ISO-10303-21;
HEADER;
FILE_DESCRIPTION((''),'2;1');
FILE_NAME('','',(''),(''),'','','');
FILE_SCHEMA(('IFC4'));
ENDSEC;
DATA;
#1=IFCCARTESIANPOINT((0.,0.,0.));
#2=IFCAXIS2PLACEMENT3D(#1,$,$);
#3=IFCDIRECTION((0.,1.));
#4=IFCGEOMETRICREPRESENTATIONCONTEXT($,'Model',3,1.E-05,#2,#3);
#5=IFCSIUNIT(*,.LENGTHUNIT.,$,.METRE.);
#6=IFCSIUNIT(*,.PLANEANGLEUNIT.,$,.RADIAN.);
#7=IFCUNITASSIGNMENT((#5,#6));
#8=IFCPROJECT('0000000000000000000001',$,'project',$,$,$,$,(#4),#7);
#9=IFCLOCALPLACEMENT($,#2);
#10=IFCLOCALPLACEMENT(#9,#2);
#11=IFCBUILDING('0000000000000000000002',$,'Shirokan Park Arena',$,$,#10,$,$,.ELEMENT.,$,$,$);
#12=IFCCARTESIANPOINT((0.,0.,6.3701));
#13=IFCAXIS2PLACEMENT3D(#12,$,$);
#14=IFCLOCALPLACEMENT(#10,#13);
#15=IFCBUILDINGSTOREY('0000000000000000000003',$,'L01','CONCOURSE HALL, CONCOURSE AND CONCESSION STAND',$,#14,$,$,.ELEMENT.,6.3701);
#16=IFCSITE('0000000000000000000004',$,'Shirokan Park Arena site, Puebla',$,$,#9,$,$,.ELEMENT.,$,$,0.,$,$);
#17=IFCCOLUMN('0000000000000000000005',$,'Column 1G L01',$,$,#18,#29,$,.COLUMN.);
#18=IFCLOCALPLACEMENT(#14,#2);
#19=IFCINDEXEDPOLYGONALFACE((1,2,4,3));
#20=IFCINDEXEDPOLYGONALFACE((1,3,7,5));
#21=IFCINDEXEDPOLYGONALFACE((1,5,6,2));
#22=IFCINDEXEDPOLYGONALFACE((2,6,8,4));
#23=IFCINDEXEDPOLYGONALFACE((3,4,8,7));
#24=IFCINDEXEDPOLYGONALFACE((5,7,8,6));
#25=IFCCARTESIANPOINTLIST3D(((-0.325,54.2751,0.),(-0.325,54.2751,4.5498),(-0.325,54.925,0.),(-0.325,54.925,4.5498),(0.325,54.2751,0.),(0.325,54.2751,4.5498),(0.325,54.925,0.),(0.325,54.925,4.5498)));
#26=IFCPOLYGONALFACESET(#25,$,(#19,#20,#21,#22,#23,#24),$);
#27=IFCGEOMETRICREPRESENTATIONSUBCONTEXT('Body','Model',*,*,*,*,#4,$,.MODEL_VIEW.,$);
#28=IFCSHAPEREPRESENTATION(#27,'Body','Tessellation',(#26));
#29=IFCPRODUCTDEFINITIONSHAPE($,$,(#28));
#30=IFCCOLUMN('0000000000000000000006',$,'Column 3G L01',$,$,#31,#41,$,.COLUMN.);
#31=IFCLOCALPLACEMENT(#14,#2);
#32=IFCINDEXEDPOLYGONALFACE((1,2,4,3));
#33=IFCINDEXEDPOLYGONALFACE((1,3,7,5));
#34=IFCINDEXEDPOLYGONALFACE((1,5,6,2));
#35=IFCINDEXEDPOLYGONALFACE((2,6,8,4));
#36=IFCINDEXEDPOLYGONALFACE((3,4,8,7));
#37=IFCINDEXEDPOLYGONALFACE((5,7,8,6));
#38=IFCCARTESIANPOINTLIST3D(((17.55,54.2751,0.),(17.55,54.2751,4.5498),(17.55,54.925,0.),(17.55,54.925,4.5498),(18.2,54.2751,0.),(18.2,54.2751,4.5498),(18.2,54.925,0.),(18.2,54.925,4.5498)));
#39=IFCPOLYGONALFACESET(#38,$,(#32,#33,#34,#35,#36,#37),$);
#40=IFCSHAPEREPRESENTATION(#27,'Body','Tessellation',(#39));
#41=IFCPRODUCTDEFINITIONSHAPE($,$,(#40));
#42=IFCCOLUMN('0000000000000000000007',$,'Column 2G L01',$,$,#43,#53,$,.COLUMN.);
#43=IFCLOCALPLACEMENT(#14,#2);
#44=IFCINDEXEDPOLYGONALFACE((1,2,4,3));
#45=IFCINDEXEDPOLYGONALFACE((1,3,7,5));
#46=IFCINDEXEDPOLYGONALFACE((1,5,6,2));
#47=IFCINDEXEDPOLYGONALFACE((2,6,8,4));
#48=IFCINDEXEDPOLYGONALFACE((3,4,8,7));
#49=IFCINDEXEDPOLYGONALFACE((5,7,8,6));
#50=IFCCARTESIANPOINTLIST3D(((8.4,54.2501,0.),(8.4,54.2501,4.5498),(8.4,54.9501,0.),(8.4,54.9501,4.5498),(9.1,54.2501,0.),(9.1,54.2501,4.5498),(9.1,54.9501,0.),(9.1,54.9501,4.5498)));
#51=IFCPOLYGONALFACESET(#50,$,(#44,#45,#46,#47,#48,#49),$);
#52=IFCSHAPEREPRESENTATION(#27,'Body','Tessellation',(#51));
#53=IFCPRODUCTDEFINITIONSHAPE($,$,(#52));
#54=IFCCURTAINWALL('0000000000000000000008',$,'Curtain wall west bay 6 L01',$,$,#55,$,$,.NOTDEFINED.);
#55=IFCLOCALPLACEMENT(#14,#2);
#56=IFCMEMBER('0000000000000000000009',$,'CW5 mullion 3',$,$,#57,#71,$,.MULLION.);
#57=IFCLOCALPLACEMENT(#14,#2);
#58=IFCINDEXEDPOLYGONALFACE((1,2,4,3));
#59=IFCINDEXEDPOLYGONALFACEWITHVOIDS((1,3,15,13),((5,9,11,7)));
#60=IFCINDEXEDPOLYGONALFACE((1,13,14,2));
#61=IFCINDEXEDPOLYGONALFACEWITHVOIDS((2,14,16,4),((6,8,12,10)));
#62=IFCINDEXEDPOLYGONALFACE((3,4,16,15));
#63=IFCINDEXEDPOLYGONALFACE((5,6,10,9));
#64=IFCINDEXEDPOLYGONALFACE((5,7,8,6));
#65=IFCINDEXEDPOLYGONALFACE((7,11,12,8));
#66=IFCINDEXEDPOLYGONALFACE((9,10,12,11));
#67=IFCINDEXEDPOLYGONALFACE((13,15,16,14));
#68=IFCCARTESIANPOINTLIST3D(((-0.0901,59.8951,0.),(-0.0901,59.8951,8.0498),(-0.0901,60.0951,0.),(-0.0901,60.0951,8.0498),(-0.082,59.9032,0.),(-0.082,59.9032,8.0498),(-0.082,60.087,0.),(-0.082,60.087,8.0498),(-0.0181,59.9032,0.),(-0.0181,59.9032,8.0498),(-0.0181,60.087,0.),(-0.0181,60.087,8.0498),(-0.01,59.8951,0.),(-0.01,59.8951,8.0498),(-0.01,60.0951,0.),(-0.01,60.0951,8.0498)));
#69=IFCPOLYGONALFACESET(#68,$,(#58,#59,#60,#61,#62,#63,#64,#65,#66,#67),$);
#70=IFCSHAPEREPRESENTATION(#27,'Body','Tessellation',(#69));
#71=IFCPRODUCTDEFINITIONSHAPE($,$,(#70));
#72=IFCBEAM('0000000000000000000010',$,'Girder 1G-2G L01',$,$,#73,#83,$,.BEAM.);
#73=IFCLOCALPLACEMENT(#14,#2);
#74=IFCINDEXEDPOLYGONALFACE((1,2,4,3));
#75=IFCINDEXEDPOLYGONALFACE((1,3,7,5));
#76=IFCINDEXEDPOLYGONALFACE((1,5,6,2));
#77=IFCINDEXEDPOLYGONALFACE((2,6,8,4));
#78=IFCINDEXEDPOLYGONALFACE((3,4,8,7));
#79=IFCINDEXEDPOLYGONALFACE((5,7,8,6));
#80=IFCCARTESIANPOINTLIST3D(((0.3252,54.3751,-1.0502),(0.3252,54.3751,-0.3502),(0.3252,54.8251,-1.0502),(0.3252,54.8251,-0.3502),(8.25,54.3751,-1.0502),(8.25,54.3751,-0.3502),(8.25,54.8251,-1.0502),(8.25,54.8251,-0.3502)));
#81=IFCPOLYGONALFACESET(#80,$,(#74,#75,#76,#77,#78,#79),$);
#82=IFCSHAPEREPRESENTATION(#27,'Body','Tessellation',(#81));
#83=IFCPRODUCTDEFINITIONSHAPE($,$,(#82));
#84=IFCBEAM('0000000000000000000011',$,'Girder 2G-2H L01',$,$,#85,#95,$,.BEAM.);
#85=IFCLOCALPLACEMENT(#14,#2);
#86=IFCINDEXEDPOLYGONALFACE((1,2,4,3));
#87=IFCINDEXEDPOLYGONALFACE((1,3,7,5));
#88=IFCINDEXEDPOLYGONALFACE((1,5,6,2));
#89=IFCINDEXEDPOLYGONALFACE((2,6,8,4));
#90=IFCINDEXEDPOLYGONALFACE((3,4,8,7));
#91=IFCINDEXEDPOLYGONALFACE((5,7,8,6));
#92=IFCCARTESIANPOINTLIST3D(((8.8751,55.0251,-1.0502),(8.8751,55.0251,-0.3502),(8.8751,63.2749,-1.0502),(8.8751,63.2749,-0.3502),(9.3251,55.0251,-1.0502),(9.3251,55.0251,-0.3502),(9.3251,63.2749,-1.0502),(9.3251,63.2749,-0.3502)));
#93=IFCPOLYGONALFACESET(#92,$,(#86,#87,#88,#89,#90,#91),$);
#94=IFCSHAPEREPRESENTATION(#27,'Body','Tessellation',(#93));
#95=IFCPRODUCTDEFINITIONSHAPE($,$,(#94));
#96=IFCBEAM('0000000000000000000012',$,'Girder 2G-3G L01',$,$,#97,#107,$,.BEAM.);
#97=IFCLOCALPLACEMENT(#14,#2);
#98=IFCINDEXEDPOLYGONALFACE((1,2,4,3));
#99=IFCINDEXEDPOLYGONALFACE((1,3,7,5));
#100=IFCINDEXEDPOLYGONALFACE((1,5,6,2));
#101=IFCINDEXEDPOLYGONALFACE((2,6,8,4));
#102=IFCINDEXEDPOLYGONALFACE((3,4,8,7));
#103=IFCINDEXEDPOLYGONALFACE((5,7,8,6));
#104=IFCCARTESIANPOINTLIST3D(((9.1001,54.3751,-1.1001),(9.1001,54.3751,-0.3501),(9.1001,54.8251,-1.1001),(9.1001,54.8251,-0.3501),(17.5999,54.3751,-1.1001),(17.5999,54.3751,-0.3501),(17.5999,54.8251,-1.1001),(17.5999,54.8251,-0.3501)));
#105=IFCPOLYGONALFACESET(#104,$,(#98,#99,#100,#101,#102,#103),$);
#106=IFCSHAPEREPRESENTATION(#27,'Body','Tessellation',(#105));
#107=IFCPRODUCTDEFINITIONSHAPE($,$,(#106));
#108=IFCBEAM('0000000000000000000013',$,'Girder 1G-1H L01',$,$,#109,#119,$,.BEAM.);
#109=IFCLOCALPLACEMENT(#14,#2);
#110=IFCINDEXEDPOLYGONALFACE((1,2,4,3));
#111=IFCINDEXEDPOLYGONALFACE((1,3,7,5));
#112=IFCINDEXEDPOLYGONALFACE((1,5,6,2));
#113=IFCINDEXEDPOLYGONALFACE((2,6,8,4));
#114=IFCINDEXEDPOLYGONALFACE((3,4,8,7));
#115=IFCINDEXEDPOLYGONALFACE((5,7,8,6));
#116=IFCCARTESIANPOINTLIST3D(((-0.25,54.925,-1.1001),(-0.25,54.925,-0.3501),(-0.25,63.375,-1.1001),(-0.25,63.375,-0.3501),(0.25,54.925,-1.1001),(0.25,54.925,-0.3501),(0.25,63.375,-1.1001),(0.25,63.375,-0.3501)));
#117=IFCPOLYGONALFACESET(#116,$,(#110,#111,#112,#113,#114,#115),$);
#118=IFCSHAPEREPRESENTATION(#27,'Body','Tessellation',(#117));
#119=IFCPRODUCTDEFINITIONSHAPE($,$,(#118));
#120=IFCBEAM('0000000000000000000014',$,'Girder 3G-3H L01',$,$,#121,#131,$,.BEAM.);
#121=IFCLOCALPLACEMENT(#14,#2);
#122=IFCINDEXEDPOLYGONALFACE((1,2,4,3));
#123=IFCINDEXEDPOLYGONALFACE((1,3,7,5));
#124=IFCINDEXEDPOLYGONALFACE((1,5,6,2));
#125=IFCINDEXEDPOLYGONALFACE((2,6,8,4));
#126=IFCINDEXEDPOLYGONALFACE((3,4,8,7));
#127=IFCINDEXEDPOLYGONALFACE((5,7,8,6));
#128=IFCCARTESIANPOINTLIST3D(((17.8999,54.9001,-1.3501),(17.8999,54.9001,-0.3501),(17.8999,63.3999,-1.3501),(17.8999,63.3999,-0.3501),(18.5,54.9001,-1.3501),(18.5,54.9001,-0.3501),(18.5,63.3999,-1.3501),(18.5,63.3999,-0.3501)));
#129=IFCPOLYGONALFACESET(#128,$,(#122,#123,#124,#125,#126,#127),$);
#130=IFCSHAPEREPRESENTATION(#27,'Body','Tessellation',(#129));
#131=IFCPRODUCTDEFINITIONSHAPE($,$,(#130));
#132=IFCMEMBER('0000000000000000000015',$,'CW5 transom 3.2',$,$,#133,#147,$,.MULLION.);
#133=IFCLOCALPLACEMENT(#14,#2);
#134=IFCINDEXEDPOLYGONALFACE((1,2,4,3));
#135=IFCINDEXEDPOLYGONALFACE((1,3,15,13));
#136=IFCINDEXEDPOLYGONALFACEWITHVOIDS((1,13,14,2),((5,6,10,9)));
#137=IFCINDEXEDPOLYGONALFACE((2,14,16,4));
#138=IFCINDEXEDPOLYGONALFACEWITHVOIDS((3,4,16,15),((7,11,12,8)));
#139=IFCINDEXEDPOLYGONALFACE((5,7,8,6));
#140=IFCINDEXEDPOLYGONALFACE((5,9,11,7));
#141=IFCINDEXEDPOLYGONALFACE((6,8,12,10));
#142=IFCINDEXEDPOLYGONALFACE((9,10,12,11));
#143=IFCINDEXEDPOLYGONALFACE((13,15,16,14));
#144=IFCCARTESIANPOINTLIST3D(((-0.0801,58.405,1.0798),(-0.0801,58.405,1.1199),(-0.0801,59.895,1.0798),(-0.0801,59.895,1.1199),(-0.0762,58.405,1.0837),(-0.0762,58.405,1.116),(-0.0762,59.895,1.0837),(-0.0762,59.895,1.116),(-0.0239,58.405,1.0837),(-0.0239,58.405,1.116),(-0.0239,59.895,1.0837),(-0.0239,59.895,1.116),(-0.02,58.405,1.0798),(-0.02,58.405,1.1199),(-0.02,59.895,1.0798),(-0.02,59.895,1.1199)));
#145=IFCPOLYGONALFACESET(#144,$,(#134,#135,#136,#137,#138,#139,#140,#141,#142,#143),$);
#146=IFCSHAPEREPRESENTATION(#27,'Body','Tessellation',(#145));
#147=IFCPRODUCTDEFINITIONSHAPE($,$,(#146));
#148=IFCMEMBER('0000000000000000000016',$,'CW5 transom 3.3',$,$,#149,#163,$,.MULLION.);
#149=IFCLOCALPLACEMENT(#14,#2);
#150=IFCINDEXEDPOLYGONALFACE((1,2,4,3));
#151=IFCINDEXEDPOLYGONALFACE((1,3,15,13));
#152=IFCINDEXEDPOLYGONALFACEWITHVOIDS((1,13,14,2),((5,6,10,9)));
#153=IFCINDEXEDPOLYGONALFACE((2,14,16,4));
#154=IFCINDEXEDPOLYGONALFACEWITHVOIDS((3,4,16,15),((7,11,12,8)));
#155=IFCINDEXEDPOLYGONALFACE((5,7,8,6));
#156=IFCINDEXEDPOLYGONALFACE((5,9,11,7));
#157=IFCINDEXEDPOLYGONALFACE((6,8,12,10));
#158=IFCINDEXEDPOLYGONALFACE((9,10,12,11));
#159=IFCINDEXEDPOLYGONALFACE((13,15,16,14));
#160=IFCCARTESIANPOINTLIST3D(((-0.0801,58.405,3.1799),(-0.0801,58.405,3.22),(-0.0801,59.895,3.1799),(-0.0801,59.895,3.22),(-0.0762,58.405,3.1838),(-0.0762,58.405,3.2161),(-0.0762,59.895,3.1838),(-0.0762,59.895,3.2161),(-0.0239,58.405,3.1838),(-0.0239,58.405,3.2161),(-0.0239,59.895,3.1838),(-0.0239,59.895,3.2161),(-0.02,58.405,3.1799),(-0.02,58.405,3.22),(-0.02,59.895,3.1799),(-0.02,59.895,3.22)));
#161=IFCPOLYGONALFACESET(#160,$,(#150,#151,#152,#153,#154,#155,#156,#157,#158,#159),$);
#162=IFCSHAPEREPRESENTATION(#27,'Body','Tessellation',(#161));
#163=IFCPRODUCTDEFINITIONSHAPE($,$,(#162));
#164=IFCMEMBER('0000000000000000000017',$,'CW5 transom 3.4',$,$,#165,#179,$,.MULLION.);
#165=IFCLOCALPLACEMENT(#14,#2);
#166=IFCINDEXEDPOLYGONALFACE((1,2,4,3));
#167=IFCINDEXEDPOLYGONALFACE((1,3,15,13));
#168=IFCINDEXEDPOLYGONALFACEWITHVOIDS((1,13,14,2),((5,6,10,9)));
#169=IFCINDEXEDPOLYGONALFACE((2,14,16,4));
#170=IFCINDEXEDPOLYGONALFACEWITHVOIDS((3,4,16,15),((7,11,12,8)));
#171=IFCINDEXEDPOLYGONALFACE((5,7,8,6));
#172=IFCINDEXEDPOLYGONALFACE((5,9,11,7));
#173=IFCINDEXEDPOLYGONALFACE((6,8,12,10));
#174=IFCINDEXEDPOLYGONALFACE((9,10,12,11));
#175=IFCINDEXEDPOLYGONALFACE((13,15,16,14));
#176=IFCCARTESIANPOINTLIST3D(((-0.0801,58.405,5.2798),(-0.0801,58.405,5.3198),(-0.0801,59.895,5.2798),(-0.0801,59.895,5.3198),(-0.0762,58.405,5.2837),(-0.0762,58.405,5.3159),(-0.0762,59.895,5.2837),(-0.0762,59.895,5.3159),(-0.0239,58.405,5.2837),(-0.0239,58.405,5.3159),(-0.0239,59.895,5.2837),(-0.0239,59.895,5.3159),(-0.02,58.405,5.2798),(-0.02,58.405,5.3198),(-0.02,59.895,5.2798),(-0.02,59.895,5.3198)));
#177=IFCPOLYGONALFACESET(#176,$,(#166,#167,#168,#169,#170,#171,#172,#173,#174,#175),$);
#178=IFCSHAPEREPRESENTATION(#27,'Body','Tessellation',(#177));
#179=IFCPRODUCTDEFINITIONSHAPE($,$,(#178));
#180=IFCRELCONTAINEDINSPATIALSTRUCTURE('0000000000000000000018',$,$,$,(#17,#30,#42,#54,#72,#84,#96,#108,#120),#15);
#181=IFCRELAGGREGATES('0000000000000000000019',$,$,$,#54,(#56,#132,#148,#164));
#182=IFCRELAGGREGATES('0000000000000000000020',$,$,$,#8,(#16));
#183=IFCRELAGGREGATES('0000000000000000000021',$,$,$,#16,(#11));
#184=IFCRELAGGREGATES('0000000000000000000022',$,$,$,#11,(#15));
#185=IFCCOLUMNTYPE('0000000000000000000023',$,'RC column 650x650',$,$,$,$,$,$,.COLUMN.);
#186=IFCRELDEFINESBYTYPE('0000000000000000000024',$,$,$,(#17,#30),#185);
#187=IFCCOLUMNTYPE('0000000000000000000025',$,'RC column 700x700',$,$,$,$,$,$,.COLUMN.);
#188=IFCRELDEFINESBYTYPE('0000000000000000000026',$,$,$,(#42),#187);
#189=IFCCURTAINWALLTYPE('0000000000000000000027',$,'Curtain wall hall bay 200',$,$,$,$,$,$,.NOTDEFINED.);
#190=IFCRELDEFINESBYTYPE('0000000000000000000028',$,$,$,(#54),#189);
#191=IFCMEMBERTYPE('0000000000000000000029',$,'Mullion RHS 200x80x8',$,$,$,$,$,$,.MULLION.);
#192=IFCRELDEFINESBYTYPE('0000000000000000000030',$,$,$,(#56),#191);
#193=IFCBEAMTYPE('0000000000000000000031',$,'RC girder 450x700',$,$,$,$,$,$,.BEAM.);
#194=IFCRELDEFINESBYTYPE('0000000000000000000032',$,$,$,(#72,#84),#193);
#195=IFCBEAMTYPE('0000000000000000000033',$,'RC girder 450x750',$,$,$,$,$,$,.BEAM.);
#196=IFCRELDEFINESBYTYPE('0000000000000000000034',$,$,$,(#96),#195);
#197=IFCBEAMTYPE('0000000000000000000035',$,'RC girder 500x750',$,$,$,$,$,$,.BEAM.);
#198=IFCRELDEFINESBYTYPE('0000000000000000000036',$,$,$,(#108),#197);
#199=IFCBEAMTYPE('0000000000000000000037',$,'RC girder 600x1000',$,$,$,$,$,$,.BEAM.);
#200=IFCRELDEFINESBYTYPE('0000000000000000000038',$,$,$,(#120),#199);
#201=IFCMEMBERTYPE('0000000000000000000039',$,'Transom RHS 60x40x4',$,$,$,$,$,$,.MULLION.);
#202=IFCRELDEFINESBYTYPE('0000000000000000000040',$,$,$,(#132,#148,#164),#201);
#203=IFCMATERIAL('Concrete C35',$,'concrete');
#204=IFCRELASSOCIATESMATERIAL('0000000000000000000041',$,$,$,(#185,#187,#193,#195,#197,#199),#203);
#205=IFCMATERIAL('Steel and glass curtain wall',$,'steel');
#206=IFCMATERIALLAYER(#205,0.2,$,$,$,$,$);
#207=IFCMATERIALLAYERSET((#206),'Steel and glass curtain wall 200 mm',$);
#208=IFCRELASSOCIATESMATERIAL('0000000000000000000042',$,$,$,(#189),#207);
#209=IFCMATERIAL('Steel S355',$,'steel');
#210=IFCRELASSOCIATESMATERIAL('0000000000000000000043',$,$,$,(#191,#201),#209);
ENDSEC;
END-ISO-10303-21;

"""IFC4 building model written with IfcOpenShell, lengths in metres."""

from ifc_helpers import new_model, si_unit, direction, frame, origin, origin_2d, place, context, subcontext, project, spatial, rectangle, hollow_rectangle, extrude, material, layer, layer_set, material_profile, profile_set, type_object, element, aggregate, save


model = new_model("IFC4")

# Units and contexts
model_context = context("Model", 3, precision=1e-05, world=origin(), true_north=direction((0.0, 1.0)))
body_context = subcontext(model_context, "Body", "Model", "MODEL_VIEW")
ifc_project = project(units=[si_unit("LENGTHUNIT", "METRE"), si_unit("PLANEANGLEUNIT", "RADIAN")], contexts=[model_context])

# Site, building, storey
site_placement = place(None, origin())
site = spatial("IfcSite", under=ifc_project, at=site_placement, Name="Shirokan Park Arena site, Puebla", CompositionType="ELEMENT", RefElevation=0.0)
building_placement = place(site_placement, origin())
building = spatial("IfcBuilding", under=site, at=building_placement, Name="Shirokan Park Arena", CompositionType="ELEMENT")
storey_placement = place(building_placement, frame((0.0, 0.0, 6.3701)))
storey = spatial("IfcBuildingStorey", under=building, at=storey_placement, Name="L01", Description="CONCOURSE HALL, CONCOURSE AND CONCESSION STAND", CompositionType="ELEMENT", Elevation=6.3701)

# Columns
ifc_material_1 = material(Name="Concrete C35", Category="concrete")
ifc_material_profile_1 = material_profile(ifc_material_1, rectangle(XDim=0.6499, YDim=0.6499, at=origin_2d()), Name="650x650")
ifc_profile_set_1 = profile_set([ifc_material_profile_1], Name="Concrete C35")
column_type_1 = type_object("IfcColumnType", Name="RC column 650x650", PredefinedType="COLUMN", material=ifc_profile_set_1)
for number, where, z_axis, x_axis, name in (
    (1, (0.0, 54.6001, 0.0), (0.0, 0.0, 1.0), (1.0, 0.0, 0.0), "Column 1G L01"),
    (2, (17.875, 54.6001, 0.0), (0.0, 0.0, 1.0), (1.0, 0.0, 0.0), "Column 3G L01"),
):
    element("IfcColumn", number, at=place(storey_placement, frame(where, z_axis=z_axis, x_axis=x_axis)), inside=storey, type_object=column_type_1, Name=name, PredefinedType="COLUMN", context=body_context, shape_type="SweptSolid", body=[
        extrude(rectangle(XDim=0.6499, YDim=0.6499, at=origin_2d()), origin(), (0.0, 0.0, 1.0), 4.5498),
    ])
ifc_material_profile_2 = material_profile(ifc_material_1, rectangle(XDim=0.7, YDim=0.7, at=origin_2d()), Name="700x700")
ifc_profile_set_2 = profile_set([ifc_material_profile_2], Name="Concrete C35")
column_type_2 = type_object("IfcColumnType", Name="RC column 700x700", PredefinedType="COLUMN", material=ifc_profile_set_2)
column_placement = place(storey_placement, frame((8.75, 54.6001, 0.0), z_axis=(0.0, 0.0, 1.0), x_axis=(1.0, 0.0, 0.0)))
element("IfcColumn", 3, at=column_placement, inside=storey, type_object=column_type_2, Name="Column 2G L01", PredefinedType="COLUMN", context=body_context, shape_type="SweptSolid", body=[
    extrude(rectangle(XDim=0.7, YDim=0.7, at=origin_2d()), origin(), (0.0, 0.0, 1.0), 4.5498),
])

# Curtain wall, member
ifc_material_2 = material(Name="Steel and glass curtain wall", Category="steel")
ifc_layer_1 = layer(ifc_material_2, 0.2)
ifc_layer_set_1 = layer_set([ifc_layer_1], Name="Steel and glass curtain wall 200 mm")
curtain_wall_type = type_object("IfcCurtainWallType", Name="Curtain wall hall bay 200", PredefinedType="NOTDEFINED", material=ifc_layer_set_1)
curtain_wall_placement = place(storey_placement, origin())
curtain_wall = element("IfcCurtainWall", 4, at=curtain_wall_placement, inside=storey, type_object=curtain_wall_type, Name="Curtain wall west bay 6 L01", PredefinedType="NOTDEFINED")
ifc_material_3 = material(Name="Steel S355", Category="steel")
ifc_material_profile_3 = material_profile(ifc_material_3, hollow_rectangle(XDim=0.0801, YDim=0.2, WallThickness=0.0081, at=origin_2d()), Name="RHS 200x80x8")
ifc_profile_set_3 = profile_set([ifc_material_profile_3], Name="Steel S355")
member_type_1 = type_object("IfcMemberType", Name="Mullion RHS 200x80x8", PredefinedType="MULLION", material=ifc_profile_set_3)
member_1_placement = place(storey_placement, frame((-0.05, 59.9951, 0.0), z_axis=(0.0, 0.0, 1.0), x_axis=(1.0, 0.0, 0.0)))
member_1 = element("IfcMember", 5, at=member_1_placement, type_object=member_type_1, Name="CW5 mullion 3", PredefinedType="MULLION", context=body_context, shape_type="SweptSolid", body=[
    extrude(hollow_rectangle(XDim=0.0801, YDim=0.2, WallThickness=0.0081, at=origin_2d()), origin(), (0.0, 0.0, 1.0), 8.0498),
])

# Beams
ifc_material_profile_4 = material_profile(ifc_material_1, rectangle(XDim=0.45, YDim=0.7, at=origin_2d()), Name="450x700")
ifc_profile_set_4 = profile_set([ifc_material_profile_4], Name="Concrete C35")
beam_type_1 = type_object("IfcBeamType", Name="RC girder 450x700", PredefinedType="BEAM", material=ifc_profile_set_4)
beam_1_placement = place(storey_placement, frame((0.3252, 54.6001, -0.7002), z_axis=(1.0, 0.0, 0.0), x_axis=(0.0, 1.0, 0.0)))
element("IfcBeam", 6, at=beam_1_placement, inside=storey, type_object=beam_type_1, Name="Girder 1G-2G L01", PredefinedType="BEAM", context=body_context, shape_type="SweptSolid", body=[
    extrude(rectangle(XDim=0.45, YDim=0.7, at=origin_2d()), origin(), (0.0, 0.0, 1.0), 7.9248),
])
beam_2_placement = place(storey_placement, frame((9.1001, 55.0251, -0.7002), z_axis=(0.0, 1.0, 0.0), x_axis=(-1.0, 0.0, 0.0)))
element("IfcBeam", 7, at=beam_2_placement, inside=storey, type_object=beam_type_1, Name="Girder 2G-2H L01", PredefinedType="BEAM", context=body_context, shape_type="SweptSolid", body=[
    extrude(rectangle(XDim=0.45, YDim=0.7, at=origin_2d()), origin(), (0.0, 0.0, 1.0), 8.2498),
])
ifc_material_profile_5 = material_profile(ifc_material_1, rectangle(XDim=0.45, YDim=0.75, at=origin_2d()), Name="450x750")
ifc_profile_set_5 = profile_set([ifc_material_profile_5], Name="Concrete C35")
beam_type_2 = type_object("IfcBeamType", Name="RC girder 450x750", PredefinedType="BEAM", material=ifc_profile_set_5)
beam_3_placement = place(storey_placement, frame((9.1001, 54.6001, -0.7251), z_axis=(1.0, 0.0, 0.0), x_axis=(0.0, 1.0, 0.0)))
element("IfcBeam", 8, at=beam_3_placement, inside=storey, type_object=beam_type_2, Name="Girder 2G-3G L01", PredefinedType="BEAM", context=body_context, shape_type="SweptSolid", body=[
    extrude(rectangle(XDim=0.45, YDim=0.75, at=origin_2d()), origin(), (0.0, 0.0, 1.0), 8.4998),
])
ifc_material_profile_6 = material_profile(ifc_material_1, rectangle(XDim=0.5, YDim=0.75, at=origin_2d()), Name="500x750")
ifc_profile_set_6 = profile_set([ifc_material_profile_6], Name="Concrete C35")
beam_type_3 = type_object("IfcBeamType", Name="RC girder 500x750", PredefinedType="BEAM", material=ifc_profile_set_6)
beam_4_placement = place(storey_placement, frame((0.0, 54.925, -0.7251), z_axis=(0.0, 1.0, 0.0), x_axis=(-1.0, 0.0, 0.0)))
element("IfcBeam", 9, at=beam_4_placement, inside=storey, type_object=beam_type_3, Name="Girder 1G-1H L01", PredefinedType="BEAM", context=body_context, shape_type="SweptSolid", body=[
    extrude(rectangle(XDim=0.5, YDim=0.75, at=origin_2d()), origin(), (0.0, 0.0, 1.0), 8.45),
])
ifc_material_profile_7 = material_profile(ifc_material_1, rectangle(XDim=0.6001, YDim=1.0, at=origin_2d()), Name="600x1000")
ifc_profile_set_7 = profile_set([ifc_material_profile_7], Name="Concrete C35")
beam_type_4 = type_object("IfcBeamType", Name="RC girder 600x1000", PredefinedType="BEAM", material=ifc_profile_set_7)
beam_5_placement = place(storey_placement, frame((18.2, 54.9001, -0.8501), z_axis=(0.0, 1.0, 0.0), x_axis=(-1.0, 0.0, 0.0)))
element("IfcBeam", 10, at=beam_5_placement, inside=storey, type_object=beam_type_4, Name="Girder 3G-3H L01", PredefinedType="BEAM", context=body_context, shape_type="SweptSolid", body=[
    extrude(rectangle(XDim=0.6001, YDim=1.0, at=origin_2d()), origin(), (0.0, 0.0, 1.0), 8.4998),
])

# Members
ifc_material_profile_8 = material_profile(ifc_material_3, hollow_rectangle(XDim=0.0601, YDim=0.04, WallThickness=0.0039, at=origin_2d()), Name="RHS 60x40x4")
ifc_profile_set_8 = profile_set([ifc_material_profile_8], Name="Steel S355")
member_type_2 = type_object("IfcMemberType", Name="Transom RHS 60x40x4", PredefinedType="MULLION", material=ifc_profile_set_8)
member_2_placement = place(storey_placement, frame((-0.05, 59.895, 1.0999), z_axis=(0.0, -1.0, 0.0), x_axis=(1.0, 0.0, 0.0)))
member_2 = element("IfcMember", 11, at=member_2_placement, type_object=member_type_2, Name="CW5 transom 3.2", PredefinedType="MULLION", context=body_context, shape_type="SweptSolid", body=[
    extrude(hollow_rectangle(XDim=0.0601, YDim=0.04, WallThickness=0.0039, at=origin_2d()), origin(), (0.0, 0.0, 1.0), 1.49),
])
member_3_placement = place(storey_placement, frame((-0.05, 59.895, 3.2), z_axis=(0.0, -1.0, 0.0), x_axis=(1.0, 0.0, 0.0)))
member_3 = element("IfcMember", 12, at=member_3_placement, type_object=member_type_2, Name="CW5 transom 3.3", PredefinedType="MULLION", context=body_context, shape_type="SweptSolid", body=[
    extrude(hollow_rectangle(XDim=0.0601, YDim=0.04, WallThickness=0.0039, at=origin_2d()), origin(), (0.0, 0.0, 1.0), 1.49),
])
member_4_placement = place(storey_placement, frame((-0.05, 59.895, 5.2998), z_axis=(0.0, -1.0, 0.0), x_axis=(1.0, 0.0, 0.0)))
member_4 = element("IfcMember", 13, at=member_4_placement, type_object=member_type_2, Name="CW5 transom 3.4", PredefinedType="MULLION", context=body_context, shape_type="SweptSolid", body=[
    extrude(hollow_rectangle(XDim=0.0601, YDim=0.04, WallThickness=0.0039, at=origin_2d()), origin(), (0.0, 0.0, 1.0), 1.49),
])

aggregate(curtain_wall, [member_1, member_2, member_3, member_4])

save(model, "model.ifc")
